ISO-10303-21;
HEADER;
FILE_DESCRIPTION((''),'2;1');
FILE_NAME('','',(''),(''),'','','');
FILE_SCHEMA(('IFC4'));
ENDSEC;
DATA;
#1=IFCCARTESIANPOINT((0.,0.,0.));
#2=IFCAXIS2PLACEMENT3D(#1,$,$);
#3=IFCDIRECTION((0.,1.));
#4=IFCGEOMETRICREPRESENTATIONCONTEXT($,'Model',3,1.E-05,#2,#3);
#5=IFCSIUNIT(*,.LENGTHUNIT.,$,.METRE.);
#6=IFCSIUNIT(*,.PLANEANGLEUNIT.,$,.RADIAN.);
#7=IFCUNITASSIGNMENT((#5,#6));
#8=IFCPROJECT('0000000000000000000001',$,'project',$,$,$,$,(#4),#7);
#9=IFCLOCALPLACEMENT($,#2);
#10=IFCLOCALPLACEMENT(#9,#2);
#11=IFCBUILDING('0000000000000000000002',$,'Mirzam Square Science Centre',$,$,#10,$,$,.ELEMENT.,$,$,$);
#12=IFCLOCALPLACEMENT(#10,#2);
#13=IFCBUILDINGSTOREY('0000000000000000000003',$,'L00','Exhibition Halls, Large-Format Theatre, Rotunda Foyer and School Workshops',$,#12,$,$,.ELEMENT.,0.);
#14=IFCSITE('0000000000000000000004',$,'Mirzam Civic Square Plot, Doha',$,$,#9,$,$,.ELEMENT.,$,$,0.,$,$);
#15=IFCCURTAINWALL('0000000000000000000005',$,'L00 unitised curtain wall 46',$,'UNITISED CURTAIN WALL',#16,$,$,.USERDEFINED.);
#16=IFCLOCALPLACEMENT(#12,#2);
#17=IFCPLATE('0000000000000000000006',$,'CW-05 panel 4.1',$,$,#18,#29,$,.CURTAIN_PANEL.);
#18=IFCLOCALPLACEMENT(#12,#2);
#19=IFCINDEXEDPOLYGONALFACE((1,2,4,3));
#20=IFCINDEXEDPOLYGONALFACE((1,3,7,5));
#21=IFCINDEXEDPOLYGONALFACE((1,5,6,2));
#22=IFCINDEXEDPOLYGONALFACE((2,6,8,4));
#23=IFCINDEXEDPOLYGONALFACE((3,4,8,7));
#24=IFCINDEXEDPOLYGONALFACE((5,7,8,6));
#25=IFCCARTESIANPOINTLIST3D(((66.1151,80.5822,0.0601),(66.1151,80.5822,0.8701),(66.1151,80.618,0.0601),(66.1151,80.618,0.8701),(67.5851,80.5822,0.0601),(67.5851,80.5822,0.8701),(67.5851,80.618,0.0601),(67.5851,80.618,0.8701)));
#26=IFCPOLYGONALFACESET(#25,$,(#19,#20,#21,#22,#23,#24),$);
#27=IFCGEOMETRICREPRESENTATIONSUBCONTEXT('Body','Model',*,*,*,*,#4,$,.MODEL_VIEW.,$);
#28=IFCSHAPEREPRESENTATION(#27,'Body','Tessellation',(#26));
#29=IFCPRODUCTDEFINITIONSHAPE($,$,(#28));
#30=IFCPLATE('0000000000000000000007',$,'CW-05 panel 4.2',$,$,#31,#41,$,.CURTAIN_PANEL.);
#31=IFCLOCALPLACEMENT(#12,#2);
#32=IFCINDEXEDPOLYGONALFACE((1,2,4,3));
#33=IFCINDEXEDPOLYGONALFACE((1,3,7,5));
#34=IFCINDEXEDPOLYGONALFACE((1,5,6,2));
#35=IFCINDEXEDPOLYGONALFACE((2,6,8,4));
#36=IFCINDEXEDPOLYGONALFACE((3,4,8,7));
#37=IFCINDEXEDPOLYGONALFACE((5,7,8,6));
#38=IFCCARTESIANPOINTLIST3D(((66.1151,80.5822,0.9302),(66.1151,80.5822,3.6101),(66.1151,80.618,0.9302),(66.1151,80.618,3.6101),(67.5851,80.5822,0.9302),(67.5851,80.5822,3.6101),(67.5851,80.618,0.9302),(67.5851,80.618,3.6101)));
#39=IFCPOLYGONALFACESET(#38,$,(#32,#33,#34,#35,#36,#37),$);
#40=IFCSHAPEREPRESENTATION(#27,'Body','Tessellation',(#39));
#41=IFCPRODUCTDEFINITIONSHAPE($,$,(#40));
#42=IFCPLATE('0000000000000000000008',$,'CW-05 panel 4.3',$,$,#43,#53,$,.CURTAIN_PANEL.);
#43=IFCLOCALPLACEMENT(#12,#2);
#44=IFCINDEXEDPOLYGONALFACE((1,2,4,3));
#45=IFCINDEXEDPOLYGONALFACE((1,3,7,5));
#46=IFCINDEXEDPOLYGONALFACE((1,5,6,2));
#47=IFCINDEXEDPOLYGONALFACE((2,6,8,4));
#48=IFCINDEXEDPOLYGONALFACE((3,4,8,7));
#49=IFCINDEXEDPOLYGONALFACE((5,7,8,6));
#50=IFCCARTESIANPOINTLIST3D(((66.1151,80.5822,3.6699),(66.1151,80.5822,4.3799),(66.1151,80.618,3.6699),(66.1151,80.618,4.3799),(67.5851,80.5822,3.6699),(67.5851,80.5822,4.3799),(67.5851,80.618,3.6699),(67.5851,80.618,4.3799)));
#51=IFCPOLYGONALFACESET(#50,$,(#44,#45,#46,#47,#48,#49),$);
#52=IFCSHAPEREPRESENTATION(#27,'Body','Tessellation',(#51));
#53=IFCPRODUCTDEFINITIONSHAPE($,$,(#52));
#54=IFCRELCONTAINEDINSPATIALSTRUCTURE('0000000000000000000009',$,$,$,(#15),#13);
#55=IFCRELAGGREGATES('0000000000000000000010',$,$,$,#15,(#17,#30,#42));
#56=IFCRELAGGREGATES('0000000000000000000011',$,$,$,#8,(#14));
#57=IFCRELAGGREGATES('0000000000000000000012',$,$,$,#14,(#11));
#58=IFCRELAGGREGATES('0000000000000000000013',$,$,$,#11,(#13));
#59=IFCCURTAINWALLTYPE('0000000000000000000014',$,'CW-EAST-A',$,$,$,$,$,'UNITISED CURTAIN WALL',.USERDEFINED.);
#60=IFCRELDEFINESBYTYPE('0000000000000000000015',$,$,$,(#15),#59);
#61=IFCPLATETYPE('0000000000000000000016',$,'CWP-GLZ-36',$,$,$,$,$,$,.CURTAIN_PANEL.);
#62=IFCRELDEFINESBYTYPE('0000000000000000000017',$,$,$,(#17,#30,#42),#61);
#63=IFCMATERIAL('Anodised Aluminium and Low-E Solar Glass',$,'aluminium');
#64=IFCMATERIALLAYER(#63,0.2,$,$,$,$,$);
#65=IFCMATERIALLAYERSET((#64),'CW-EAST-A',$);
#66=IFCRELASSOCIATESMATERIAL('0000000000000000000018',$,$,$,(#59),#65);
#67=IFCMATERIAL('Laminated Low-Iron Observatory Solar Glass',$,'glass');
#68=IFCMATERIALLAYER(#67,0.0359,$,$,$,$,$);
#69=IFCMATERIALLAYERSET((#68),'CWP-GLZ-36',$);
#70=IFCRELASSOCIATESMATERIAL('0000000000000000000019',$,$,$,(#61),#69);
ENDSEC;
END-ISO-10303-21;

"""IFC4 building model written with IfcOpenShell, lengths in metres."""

from ifc_helpers import new_model, si_unit, direction, frame, origin, origin_2d, place, context, subcontext, project, spatial, rectangle, extrude, material, layer, layer_set, type_object, element, aggregate, save


model = new_model("IFC4")

# Units and contexts
model_context = context("Model", 3, precision=1e-05, world=origin(), true_north=direction((0.0, 1.0)))
body_context = subcontext(model_context, "Body", "Model", "MODEL_VIEW")
ifc_project = project(units=[si_unit("LENGTHUNIT", "METRE"), si_unit("PLANEANGLEUNIT", "RADIAN")], contexts=[model_context])

# Site, building, storey
site_placement = place(None, origin())
site = spatial("IfcSite", under=ifc_project, at=site_placement, Name="Mirzam Civic Square Plot, Doha", CompositionType="ELEMENT", RefElevation=0.0)
building_placement = place(site_placement, origin())
building = spatial("IfcBuilding", under=site, at=building_placement, Name="Mirzam Square Science Centre", CompositionType="ELEMENT")
storey_placement = place(building_placement, origin())
storey = spatial("IfcBuildingStorey", under=building, at=storey_placement, Name="L00", Description="Exhibition Halls, Large-Format Theatre, Rotunda Foyer and School Workshops", CompositionType="ELEMENT", Elevation=0.0)

# Shared definitions
ifc_material_1 = material(Name="Anodised Aluminium and Low-E Solar Glass", Category="aluminium")
ifc_layer_1 = layer(ifc_material_1, 0.2)
ifc_layer_set_1 = layer_set([ifc_layer_1], Name="CW-EAST-A")
curtain_wall_type = type_object("IfcCurtainWallType", Name="CW-EAST-A", ElementType="UNITISED CURTAIN WALL", PredefinedType="USERDEFINED", material=ifc_layer_set_1)

# Curtain wall
curtain_wall_1_placement = place(storey_placement, origin())
curtain_wall_1 = element("IfcCurtainWall", 1, at=curtain_wall_1_placement, inside=storey, type_object=curtain_wall_type, Name="L00 unitised curtain wall 46", ObjectType="UNITISED CURTAIN WALL", PredefinedType="USERDEFINED")

# Plates
ifc_material_2 = material(Name="Laminated Low-Iron Observatory Solar Glass", Category="glass")
ifc_layer_2 = layer(ifc_material_2, 0.0359)
ifc_layer_set_2 = layer_set([ifc_layer_2], Name="CWP-GLZ-36")
plate_type = type_object("IfcPlateType", Name="CWP-GLZ-36", PredefinedType="CURTAIN_PANEL", material=ifc_layer_set_2)
plate_1_placement = place(storey_placement, frame((66.8501, 80.6001, 0.0601), z_axis=(0.0, 0.0, 1.0), x_axis=(-1.0, 0.0, 0.0)))
plate_1 = element("IfcPlate", 2, at=plate_1_placement, type_object=plate_type, Name="CW-05 panel 4.1", PredefinedType="CURTAIN_PANEL", context=body_context, shape_type="SweptSolid", body=[
    extrude(rectangle(XDim=1.47, YDim=0.0359, at=origin_2d()), origin(), (0.0, 0.0, 1.0), 0.8101),
])
plate_2_placement = place(storey_placement, frame((66.8501, 80.6001, 0.9302), z_axis=(0.0, 0.0, 1.0), x_axis=(-1.0, 0.0, 0.0)))
plate_2 = element("IfcPlate", 3, at=plate_2_placement, type_object=plate_type, Name="CW-05 panel 4.2", PredefinedType="CURTAIN_PANEL", context=body_context, shape_type="SweptSolid", body=[
    extrude(rectangle(XDim=1.47, YDim=0.0359, at=origin_2d()), origin(), (0.0, 0.0, 1.0), 2.6799),
])
plate_3_placement = place(storey_placement, frame((66.8501, 80.6001, 3.6699), z_axis=(0.0, 0.0, 1.0), x_axis=(-1.0, 0.0, 0.0)))
plate_3 = element("IfcPlate", 4, at=plate_3_placement, type_object=plate_type, Name="CW-05 panel 4.3", PredefinedType="CURTAIN_PANEL", context=body_context, shape_type="SweptSolid", body=[
    extrude(rectangle(XDim=1.47, YDim=0.0359, at=origin_2d()), origin(), (0.0, 0.0, 1.0), 0.71),
])
aggregate(curtain_wall_1, [plate_1, plate_2, plate_3])

save(model, "model.ifc")
